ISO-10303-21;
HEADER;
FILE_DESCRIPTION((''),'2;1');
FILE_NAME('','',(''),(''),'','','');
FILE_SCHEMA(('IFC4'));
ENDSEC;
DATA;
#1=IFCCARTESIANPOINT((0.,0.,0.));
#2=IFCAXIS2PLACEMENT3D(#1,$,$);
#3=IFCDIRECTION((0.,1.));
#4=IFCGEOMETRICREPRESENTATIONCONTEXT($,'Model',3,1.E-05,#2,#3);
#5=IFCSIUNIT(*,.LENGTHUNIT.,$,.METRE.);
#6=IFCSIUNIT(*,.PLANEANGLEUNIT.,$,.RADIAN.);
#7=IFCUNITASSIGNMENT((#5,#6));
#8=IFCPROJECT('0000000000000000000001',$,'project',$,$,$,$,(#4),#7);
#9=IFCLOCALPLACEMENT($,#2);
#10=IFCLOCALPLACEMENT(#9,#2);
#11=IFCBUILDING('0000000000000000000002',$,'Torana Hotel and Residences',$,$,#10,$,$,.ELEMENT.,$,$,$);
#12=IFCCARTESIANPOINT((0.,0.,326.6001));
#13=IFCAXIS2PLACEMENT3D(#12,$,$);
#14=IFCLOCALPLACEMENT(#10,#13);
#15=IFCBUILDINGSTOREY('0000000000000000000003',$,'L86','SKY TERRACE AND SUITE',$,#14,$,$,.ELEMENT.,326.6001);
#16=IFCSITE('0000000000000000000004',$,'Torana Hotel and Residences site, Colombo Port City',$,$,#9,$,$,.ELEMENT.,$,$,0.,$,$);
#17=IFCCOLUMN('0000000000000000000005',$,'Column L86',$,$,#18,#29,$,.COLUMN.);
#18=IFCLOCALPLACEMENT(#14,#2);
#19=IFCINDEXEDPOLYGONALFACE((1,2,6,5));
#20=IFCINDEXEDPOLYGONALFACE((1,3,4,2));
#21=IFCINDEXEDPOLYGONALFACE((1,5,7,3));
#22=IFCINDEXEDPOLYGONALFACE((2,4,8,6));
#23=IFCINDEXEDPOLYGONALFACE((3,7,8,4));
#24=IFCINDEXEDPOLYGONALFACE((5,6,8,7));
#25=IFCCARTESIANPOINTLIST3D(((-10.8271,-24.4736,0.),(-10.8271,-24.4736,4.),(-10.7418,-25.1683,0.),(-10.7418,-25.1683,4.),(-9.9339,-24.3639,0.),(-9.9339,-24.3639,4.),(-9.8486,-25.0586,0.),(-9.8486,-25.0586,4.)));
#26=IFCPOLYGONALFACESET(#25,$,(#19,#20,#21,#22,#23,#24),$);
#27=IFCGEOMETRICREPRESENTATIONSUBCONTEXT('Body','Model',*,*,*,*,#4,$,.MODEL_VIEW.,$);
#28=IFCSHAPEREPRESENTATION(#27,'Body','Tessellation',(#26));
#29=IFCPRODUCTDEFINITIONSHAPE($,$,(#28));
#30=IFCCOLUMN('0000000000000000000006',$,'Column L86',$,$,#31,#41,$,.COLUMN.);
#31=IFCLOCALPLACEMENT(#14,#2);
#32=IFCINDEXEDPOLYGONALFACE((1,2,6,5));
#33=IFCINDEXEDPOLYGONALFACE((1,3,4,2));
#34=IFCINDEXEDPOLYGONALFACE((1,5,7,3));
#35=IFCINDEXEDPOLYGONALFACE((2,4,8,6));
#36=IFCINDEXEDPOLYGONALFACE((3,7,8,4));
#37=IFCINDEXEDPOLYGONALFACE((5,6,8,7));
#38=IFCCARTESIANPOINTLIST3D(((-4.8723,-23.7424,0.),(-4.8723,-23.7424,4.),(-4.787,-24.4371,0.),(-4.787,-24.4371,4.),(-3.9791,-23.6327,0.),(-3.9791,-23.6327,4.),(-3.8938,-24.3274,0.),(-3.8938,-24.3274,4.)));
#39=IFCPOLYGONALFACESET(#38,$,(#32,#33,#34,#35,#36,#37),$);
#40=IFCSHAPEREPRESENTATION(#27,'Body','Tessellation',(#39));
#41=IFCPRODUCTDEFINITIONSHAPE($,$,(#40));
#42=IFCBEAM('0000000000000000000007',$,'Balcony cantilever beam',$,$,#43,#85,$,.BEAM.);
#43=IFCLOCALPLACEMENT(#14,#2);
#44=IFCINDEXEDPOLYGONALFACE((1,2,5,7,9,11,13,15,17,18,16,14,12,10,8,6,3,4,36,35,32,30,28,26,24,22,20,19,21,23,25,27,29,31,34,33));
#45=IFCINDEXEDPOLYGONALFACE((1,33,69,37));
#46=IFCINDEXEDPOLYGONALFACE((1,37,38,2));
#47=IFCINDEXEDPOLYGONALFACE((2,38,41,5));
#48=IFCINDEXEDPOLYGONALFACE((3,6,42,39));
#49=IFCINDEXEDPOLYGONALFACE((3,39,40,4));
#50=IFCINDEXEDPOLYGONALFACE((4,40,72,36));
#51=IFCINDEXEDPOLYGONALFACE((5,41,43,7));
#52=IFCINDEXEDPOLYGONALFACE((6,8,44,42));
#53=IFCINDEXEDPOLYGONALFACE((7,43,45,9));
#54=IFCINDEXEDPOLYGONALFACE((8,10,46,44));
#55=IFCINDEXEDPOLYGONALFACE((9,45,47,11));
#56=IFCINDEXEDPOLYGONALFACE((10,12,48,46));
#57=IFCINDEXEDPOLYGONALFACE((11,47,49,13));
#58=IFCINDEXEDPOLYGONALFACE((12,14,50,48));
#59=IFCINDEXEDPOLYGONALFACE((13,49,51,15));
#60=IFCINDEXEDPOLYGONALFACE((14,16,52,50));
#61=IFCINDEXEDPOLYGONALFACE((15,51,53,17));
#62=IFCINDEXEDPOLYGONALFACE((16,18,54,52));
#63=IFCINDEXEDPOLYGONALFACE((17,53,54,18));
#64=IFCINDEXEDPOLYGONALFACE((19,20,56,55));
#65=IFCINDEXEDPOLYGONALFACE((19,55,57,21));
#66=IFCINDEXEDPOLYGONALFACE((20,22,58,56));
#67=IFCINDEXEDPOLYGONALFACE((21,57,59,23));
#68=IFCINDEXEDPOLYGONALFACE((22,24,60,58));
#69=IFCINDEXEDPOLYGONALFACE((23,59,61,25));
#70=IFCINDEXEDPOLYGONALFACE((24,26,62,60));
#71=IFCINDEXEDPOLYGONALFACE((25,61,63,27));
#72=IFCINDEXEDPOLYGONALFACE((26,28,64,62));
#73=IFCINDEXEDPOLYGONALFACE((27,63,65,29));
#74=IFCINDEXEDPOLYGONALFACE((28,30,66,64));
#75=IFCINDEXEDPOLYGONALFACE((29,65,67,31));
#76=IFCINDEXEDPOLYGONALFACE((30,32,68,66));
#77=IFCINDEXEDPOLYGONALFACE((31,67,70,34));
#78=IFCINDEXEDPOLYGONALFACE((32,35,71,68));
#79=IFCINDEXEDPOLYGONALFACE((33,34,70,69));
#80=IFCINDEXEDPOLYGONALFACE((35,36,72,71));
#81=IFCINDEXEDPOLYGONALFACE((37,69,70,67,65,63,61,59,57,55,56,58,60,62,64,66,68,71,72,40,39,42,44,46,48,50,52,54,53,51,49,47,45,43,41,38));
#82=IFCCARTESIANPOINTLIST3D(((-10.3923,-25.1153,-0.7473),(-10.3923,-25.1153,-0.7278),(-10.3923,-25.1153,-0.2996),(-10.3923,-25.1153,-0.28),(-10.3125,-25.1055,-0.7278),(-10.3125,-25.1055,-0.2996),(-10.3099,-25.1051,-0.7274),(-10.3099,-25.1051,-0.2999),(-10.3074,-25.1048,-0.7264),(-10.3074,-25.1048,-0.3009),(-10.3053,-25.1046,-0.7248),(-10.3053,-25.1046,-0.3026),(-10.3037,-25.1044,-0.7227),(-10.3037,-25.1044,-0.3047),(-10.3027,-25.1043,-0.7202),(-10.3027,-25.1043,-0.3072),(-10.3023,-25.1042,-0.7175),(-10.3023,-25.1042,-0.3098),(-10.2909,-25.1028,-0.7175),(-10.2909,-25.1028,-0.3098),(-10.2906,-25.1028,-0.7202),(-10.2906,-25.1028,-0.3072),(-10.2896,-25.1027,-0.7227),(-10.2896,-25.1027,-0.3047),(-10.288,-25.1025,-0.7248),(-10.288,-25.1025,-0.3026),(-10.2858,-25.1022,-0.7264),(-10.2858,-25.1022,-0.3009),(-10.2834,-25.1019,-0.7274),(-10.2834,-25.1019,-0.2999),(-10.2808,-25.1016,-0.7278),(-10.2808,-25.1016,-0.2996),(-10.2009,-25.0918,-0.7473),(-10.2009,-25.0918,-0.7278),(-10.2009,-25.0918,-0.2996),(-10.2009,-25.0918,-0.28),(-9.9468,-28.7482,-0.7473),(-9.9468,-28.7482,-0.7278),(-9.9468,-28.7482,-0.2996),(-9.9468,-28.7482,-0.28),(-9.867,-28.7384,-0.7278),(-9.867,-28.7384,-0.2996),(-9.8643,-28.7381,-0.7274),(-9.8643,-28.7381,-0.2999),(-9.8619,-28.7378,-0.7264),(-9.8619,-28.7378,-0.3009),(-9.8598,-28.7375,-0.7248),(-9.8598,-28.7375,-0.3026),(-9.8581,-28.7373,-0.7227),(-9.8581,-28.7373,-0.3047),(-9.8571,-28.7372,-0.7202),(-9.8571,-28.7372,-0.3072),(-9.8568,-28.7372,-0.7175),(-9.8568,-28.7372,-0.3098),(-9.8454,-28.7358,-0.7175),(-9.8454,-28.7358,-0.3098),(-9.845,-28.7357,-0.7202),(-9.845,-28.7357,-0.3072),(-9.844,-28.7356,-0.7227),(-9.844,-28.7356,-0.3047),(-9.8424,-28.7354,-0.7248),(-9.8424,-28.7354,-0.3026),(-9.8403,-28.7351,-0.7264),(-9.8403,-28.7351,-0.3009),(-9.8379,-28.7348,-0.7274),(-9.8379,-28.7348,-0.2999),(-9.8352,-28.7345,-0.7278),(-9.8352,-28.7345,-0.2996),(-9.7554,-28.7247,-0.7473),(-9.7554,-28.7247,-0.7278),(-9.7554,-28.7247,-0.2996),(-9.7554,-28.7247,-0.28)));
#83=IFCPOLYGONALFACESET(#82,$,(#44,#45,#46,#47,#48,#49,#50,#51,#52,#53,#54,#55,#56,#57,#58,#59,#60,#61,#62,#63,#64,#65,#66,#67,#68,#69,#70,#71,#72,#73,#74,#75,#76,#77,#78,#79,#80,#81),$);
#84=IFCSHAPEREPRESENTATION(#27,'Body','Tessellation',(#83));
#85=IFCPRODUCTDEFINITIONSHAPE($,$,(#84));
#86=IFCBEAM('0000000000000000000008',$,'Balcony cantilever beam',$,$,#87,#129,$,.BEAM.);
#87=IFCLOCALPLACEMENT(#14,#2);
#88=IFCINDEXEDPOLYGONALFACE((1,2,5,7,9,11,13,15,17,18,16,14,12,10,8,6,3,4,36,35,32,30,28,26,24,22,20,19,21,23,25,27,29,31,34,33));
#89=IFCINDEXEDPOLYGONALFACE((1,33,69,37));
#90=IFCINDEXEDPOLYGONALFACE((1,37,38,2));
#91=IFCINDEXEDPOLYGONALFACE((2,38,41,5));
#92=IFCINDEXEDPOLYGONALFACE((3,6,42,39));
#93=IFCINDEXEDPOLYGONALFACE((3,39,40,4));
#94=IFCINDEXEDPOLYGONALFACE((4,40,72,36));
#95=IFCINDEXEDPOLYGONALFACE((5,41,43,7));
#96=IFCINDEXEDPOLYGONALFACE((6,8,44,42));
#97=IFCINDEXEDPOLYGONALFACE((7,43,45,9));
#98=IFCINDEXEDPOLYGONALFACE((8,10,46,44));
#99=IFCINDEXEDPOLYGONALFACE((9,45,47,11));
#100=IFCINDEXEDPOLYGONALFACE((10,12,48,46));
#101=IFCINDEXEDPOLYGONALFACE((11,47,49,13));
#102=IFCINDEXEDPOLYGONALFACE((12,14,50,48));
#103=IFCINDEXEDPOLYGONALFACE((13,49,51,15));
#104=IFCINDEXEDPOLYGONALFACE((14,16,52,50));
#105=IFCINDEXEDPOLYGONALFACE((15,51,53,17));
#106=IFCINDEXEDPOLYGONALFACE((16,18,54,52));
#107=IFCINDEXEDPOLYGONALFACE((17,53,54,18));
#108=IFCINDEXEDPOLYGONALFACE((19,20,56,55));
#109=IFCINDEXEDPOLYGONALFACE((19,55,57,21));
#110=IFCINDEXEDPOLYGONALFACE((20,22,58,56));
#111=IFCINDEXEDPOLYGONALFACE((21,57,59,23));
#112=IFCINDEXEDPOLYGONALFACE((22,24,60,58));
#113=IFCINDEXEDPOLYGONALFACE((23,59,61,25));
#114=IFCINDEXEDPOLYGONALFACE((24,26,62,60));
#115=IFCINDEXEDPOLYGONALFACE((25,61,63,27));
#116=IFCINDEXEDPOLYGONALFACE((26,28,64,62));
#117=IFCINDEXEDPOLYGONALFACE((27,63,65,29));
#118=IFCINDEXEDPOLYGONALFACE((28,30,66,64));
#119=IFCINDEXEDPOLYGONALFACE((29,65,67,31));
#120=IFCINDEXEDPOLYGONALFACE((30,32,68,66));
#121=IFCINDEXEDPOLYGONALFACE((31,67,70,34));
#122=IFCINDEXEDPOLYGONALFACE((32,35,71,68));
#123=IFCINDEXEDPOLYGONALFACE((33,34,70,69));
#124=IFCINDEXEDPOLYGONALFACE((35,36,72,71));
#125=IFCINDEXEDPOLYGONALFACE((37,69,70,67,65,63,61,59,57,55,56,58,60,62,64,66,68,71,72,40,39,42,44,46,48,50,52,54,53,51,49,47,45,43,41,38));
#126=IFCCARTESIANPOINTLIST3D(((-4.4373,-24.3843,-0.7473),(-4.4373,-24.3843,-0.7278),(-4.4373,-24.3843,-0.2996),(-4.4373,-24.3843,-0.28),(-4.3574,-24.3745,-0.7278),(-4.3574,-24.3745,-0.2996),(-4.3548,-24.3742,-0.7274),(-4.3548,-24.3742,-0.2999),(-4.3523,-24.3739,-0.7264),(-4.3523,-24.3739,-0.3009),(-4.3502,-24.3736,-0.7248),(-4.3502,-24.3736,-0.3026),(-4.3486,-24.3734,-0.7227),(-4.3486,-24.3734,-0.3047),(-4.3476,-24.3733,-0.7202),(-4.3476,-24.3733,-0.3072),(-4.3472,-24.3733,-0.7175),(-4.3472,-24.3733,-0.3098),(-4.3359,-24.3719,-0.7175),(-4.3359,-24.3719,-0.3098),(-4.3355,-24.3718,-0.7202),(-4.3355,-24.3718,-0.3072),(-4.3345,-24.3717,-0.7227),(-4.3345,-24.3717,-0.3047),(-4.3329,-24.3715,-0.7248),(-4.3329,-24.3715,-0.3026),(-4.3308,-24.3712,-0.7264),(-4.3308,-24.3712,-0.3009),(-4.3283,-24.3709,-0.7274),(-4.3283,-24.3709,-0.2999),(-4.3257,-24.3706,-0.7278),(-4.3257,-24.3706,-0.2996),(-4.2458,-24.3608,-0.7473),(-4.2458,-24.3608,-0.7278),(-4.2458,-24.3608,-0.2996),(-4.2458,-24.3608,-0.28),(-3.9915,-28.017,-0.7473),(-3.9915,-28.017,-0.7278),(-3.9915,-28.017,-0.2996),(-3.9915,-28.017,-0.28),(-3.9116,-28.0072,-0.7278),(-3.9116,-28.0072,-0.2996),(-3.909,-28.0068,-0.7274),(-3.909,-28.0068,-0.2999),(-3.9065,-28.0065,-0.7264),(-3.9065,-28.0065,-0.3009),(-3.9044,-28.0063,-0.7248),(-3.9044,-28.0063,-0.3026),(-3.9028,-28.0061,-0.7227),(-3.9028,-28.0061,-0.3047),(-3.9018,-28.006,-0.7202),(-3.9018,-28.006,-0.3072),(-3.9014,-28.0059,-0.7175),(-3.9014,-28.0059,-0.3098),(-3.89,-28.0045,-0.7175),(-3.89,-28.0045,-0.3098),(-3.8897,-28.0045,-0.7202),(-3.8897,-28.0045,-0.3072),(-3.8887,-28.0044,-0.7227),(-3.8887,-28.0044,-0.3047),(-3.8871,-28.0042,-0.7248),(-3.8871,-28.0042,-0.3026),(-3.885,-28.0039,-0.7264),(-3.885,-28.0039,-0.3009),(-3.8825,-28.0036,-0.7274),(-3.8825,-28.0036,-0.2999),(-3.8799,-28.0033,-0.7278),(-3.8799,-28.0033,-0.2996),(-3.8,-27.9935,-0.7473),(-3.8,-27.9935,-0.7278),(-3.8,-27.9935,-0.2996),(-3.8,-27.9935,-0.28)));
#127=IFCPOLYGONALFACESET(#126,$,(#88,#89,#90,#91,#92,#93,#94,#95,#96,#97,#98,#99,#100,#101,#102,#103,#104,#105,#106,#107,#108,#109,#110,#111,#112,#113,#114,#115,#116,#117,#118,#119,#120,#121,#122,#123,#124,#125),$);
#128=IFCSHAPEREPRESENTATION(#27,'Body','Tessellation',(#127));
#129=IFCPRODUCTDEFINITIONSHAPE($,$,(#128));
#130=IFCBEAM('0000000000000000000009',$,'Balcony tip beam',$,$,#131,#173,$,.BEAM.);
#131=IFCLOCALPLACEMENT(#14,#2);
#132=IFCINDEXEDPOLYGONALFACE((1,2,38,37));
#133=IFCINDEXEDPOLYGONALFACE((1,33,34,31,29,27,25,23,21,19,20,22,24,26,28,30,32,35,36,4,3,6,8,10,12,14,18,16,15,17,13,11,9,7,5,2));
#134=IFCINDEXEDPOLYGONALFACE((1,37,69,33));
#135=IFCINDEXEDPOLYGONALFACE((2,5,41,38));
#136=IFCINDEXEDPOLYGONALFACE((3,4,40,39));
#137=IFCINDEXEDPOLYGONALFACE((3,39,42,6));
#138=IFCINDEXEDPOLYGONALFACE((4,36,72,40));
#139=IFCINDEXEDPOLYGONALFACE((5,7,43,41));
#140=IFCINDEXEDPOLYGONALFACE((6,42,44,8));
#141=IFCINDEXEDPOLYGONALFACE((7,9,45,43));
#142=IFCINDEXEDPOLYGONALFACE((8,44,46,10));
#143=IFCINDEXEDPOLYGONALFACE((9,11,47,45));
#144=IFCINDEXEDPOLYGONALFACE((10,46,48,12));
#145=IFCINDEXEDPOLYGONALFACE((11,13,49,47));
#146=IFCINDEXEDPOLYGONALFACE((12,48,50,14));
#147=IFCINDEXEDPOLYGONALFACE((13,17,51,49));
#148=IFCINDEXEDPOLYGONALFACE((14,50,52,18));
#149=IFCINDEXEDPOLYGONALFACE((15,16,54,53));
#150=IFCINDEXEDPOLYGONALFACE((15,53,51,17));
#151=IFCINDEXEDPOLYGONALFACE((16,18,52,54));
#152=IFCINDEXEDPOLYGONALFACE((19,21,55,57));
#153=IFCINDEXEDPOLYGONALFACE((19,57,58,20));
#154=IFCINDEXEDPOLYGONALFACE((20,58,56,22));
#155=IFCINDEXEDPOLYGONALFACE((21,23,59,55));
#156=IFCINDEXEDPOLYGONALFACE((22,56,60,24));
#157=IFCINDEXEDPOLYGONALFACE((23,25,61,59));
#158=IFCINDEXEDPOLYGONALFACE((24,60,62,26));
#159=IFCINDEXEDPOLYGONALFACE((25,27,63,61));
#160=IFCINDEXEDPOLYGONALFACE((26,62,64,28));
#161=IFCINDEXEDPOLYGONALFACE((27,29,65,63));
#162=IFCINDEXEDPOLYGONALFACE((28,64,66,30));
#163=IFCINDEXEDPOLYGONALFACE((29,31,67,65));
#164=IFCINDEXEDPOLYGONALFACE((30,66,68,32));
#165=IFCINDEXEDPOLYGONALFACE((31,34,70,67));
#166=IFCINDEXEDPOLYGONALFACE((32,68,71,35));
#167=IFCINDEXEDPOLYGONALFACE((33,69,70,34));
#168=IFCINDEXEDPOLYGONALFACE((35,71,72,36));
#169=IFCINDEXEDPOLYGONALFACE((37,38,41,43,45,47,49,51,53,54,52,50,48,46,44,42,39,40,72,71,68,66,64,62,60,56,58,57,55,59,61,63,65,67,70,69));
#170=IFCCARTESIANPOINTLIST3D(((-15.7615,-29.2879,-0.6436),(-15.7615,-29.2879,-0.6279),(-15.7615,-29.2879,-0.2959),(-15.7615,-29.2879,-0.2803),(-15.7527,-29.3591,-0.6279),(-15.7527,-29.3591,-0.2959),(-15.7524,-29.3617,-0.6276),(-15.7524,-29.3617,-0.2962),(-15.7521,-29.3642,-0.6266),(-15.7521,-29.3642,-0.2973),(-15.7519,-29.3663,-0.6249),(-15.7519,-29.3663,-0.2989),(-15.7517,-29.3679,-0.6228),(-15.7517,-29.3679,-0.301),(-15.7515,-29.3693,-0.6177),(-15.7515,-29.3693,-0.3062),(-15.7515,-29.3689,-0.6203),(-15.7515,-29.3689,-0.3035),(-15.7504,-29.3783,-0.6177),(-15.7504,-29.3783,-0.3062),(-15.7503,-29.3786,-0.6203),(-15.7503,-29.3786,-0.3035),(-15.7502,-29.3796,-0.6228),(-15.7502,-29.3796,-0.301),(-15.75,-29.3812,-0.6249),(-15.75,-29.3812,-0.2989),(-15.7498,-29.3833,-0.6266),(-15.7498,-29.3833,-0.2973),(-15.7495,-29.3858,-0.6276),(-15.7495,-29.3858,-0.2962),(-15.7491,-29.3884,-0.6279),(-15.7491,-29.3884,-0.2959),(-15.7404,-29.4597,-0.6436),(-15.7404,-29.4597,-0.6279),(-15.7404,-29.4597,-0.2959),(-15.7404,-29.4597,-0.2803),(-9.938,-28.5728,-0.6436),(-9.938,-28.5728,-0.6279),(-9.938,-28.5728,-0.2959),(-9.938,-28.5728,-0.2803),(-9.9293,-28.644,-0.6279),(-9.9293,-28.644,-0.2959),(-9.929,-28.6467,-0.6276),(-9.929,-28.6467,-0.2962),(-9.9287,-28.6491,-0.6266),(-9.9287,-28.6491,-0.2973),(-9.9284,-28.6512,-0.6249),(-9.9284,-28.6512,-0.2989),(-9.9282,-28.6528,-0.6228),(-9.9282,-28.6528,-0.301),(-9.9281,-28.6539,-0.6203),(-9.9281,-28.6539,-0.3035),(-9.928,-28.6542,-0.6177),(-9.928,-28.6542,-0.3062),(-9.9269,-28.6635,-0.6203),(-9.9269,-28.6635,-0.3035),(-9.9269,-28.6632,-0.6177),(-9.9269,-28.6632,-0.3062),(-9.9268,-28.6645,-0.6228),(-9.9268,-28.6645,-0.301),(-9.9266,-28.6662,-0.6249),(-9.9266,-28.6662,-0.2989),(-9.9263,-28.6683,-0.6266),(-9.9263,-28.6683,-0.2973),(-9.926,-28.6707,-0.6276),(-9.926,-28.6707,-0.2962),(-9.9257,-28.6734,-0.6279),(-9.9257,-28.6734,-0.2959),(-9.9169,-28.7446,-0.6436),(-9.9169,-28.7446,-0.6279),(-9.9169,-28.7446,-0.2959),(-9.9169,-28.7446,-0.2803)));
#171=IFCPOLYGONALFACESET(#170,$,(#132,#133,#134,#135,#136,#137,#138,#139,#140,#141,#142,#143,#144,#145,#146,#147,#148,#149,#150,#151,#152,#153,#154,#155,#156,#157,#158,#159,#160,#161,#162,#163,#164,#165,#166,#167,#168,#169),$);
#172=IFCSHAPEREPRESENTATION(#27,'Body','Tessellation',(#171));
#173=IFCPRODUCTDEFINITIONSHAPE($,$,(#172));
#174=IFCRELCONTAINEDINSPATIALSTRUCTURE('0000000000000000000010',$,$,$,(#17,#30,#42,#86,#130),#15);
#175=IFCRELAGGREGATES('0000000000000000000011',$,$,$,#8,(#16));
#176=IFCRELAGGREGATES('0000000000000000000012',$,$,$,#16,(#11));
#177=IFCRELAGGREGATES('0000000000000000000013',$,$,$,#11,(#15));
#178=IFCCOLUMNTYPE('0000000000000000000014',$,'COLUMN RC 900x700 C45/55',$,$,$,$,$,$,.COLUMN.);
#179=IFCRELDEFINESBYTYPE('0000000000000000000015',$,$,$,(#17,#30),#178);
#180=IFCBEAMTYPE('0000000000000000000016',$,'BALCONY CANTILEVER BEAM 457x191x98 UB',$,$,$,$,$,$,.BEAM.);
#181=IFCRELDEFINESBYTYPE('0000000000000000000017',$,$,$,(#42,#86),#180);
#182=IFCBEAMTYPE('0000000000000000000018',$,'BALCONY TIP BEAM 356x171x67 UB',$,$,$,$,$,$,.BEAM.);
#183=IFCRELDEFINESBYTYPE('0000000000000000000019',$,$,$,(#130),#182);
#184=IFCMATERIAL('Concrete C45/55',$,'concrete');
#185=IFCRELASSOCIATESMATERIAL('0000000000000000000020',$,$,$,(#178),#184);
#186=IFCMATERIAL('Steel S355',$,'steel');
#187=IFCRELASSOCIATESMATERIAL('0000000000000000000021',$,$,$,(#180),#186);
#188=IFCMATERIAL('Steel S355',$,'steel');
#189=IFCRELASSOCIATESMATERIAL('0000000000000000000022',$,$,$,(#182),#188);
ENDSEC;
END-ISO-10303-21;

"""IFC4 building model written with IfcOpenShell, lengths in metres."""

from ifc_helpers import new_model, si_unit, direction, frame, origin, origin_2d, place, context, subcontext, project, spatial, rectangle, i_section, extrude, material, material_profile, profile_set, type_object, element, save


model = new_model("IFC4")

# Units and contexts
model_context = context("Model", 3, precision=1e-05, world=origin(), true_north=direction((0.0, 1.0)))
body_context = subcontext(model_context, "Body", "Model", "MODEL_VIEW")
ifc_project = project(units=[si_unit("LENGTHUNIT", "METRE"), si_unit("PLANEANGLEUNIT", "RADIAN")], contexts=[model_context])

# Site, building, storey
site_placement = place(None, origin())
site = spatial("IfcSite", under=ifc_project, at=site_placement, Name="Torana Hotel and Residences site, Colombo Port City", CompositionType="ELEMENT", RefElevation=0.0)
building_placement = place(site_placement, origin())
building = spatial("IfcBuilding", under=site, at=building_placement, Name="Torana Hotel and Residences", CompositionType="ELEMENT")
storey_placement = place(building_placement, frame((0.0, 0.0, 326.6001)))
storey = spatial("IfcBuildingStorey", under=building, at=storey_placement, Name="L86", Description="SKY TERRACE AND SUITE", CompositionType="ELEMENT", Elevation=326.6001)

# Columns
ifc_material_1 = material(Name="Concrete C45/55", Category="concrete")
ifc_material_profile_1 = material_profile(ifc_material_1, rectangle(XDim=0.8999, YDim=0.7, at=origin_2d()), Name="RC 900x700")
ifc_profile_set_1 = profile_set([ifc_material_profile_1], Name="Concrete C45/55")
column_type = type_object("IfcColumnType", Name="COLUMN RC 900x700 C45/55", PredefinedType="COLUMN", material=ifc_profile_set_1)
for number, where, z_axis, x_axis, name in (
    (1, (-10.3379, -24.7661, 0.0), (0.0, 0.0, 1.0), (0.992546, 0.121869, 0.0), "Column L86"),
    (2, (-4.3831, -24.0349, 0.0), (0.0, 0.0, 1.0), (0.992546, 0.121869, 0.0), "Column L86"),
):
    element("IfcColumn", number, at=place(storey_placement, frame(where, z_axis=z_axis, x_axis=x_axis)), inside=storey, type_object=column_type, Name=name, PredefinedType="COLUMN", context=body_context, shape_type="SweptSolid", body=[
        extrude(rectangle(XDim=0.8999, YDim=0.7, at=origin_2d()), origin(), (0.0, 0.0, 1.0), 4.0),
    ])

# Beams
ifc_material_2 = material(Name="Steel S355", Category="steel")
ifc_material_profile_2 = material_profile(ifc_material_2, i_section(OverallWidth=0.1929, OverallDepth=0.4673, WebThickness=0.0115, FlangeThickness=0.0195, FilletRadius=0.0103, at=origin_2d()), Name="457x191x98 UB")
ifc_profile_set_2 = profile_set([ifc_material_profile_2], Name="Steel S355")
beam_type_1 = type_object("IfcBeamType", Name="BALCONY CANTILEVER BEAM 457x191x98 UB", PredefinedType="BEAM", material=ifc_profile_set_2)
beam_1_placement = place(storey_placement, frame((-10.2966, -25.1035, -0.5137), z_axis=(0.121728, -0.992564, 0.0), x_axis=(0.992564, 0.121728, 0.0)))
element("IfcBeam", 3, at=beam_1_placement, inside=storey, type_object=beam_type_1, Name="Balcony cantilever beam", PredefinedType="BEAM", context=body_context, shape_type="SweptSolid", body=[
    extrude(i_section(OverallWidth=0.1929, OverallDepth=0.4673, WebThickness=0.0115, FlangeThickness=0.0195, FilletRadius=0.0103, at=origin_2d()), origin(), (0.0, 0.0, 1.0), 3.6602),
])
beam_2_placement = place(storey_placement, frame((-4.3416, -24.3726, -0.5137), z_axis=(0.121809, -0.992554, 0.0), x_axis=(0.992554, 0.121809, 0.0)))
element("IfcBeam", 4, at=beam_2_placement, inside=storey, type_object=beam_type_1, Name="Balcony cantilever beam", PredefinedType="BEAM", context=body_context, shape_type="SweptSolid", body=[
    extrude(i_section(OverallWidth=0.1929, OverallDepth=0.4673, WebThickness=0.0115, FlangeThickness=0.0195, FilletRadius=0.0103, at=origin_2d()), origin(), (0.0, 0.0, 1.0), 3.6599),
])
ifc_material_3 = material(Name="Steel S355", Category="steel")
ifc_material_profile_3 = material_profile(ifc_material_3, i_section(OverallWidth=0.1731, OverallDepth=0.3633, WebThickness=0.009, FlangeThickness=0.0156, FilletRadius=0.0103, at=origin_2d()), Name="356x171x67 UB")
ifc_profile_set_3 = profile_set([ifc_material_profile_3], Name="Steel S355")
beam_type_2 = type_object("IfcBeamType", Name="BALCONY TIP BEAM 356x171x67 UB", PredefinedType="BEAM", material=ifc_profile_set_3)
for number, where, z_axis, x_axis, name in (
    (5, (-9.9275, -28.6587, -0.4619), (-0.992545, -0.121878, 0.0), (0.121878, -0.992545, 0.0), "Balcony tip beam"),
):
    element("IfcBeam", number, at=place(storey_placement, frame(where, z_axis=z_axis, x_axis=x_axis)), inside=storey, type_object=beam_type_2, Name=name, PredefinedType="BEAM", context=body_context, shape_type="SweptSolid", body=[
        extrude(i_section(OverallWidth=0.1731, OverallDepth=0.3633, WebThickness=0.009, FlangeThickness=0.0156, FilletRadius=0.0103, at=origin_2d()), origin(), (0.0, 0.0, 1.0), 5.8672),
    ])

save(model, "model.ifc")
